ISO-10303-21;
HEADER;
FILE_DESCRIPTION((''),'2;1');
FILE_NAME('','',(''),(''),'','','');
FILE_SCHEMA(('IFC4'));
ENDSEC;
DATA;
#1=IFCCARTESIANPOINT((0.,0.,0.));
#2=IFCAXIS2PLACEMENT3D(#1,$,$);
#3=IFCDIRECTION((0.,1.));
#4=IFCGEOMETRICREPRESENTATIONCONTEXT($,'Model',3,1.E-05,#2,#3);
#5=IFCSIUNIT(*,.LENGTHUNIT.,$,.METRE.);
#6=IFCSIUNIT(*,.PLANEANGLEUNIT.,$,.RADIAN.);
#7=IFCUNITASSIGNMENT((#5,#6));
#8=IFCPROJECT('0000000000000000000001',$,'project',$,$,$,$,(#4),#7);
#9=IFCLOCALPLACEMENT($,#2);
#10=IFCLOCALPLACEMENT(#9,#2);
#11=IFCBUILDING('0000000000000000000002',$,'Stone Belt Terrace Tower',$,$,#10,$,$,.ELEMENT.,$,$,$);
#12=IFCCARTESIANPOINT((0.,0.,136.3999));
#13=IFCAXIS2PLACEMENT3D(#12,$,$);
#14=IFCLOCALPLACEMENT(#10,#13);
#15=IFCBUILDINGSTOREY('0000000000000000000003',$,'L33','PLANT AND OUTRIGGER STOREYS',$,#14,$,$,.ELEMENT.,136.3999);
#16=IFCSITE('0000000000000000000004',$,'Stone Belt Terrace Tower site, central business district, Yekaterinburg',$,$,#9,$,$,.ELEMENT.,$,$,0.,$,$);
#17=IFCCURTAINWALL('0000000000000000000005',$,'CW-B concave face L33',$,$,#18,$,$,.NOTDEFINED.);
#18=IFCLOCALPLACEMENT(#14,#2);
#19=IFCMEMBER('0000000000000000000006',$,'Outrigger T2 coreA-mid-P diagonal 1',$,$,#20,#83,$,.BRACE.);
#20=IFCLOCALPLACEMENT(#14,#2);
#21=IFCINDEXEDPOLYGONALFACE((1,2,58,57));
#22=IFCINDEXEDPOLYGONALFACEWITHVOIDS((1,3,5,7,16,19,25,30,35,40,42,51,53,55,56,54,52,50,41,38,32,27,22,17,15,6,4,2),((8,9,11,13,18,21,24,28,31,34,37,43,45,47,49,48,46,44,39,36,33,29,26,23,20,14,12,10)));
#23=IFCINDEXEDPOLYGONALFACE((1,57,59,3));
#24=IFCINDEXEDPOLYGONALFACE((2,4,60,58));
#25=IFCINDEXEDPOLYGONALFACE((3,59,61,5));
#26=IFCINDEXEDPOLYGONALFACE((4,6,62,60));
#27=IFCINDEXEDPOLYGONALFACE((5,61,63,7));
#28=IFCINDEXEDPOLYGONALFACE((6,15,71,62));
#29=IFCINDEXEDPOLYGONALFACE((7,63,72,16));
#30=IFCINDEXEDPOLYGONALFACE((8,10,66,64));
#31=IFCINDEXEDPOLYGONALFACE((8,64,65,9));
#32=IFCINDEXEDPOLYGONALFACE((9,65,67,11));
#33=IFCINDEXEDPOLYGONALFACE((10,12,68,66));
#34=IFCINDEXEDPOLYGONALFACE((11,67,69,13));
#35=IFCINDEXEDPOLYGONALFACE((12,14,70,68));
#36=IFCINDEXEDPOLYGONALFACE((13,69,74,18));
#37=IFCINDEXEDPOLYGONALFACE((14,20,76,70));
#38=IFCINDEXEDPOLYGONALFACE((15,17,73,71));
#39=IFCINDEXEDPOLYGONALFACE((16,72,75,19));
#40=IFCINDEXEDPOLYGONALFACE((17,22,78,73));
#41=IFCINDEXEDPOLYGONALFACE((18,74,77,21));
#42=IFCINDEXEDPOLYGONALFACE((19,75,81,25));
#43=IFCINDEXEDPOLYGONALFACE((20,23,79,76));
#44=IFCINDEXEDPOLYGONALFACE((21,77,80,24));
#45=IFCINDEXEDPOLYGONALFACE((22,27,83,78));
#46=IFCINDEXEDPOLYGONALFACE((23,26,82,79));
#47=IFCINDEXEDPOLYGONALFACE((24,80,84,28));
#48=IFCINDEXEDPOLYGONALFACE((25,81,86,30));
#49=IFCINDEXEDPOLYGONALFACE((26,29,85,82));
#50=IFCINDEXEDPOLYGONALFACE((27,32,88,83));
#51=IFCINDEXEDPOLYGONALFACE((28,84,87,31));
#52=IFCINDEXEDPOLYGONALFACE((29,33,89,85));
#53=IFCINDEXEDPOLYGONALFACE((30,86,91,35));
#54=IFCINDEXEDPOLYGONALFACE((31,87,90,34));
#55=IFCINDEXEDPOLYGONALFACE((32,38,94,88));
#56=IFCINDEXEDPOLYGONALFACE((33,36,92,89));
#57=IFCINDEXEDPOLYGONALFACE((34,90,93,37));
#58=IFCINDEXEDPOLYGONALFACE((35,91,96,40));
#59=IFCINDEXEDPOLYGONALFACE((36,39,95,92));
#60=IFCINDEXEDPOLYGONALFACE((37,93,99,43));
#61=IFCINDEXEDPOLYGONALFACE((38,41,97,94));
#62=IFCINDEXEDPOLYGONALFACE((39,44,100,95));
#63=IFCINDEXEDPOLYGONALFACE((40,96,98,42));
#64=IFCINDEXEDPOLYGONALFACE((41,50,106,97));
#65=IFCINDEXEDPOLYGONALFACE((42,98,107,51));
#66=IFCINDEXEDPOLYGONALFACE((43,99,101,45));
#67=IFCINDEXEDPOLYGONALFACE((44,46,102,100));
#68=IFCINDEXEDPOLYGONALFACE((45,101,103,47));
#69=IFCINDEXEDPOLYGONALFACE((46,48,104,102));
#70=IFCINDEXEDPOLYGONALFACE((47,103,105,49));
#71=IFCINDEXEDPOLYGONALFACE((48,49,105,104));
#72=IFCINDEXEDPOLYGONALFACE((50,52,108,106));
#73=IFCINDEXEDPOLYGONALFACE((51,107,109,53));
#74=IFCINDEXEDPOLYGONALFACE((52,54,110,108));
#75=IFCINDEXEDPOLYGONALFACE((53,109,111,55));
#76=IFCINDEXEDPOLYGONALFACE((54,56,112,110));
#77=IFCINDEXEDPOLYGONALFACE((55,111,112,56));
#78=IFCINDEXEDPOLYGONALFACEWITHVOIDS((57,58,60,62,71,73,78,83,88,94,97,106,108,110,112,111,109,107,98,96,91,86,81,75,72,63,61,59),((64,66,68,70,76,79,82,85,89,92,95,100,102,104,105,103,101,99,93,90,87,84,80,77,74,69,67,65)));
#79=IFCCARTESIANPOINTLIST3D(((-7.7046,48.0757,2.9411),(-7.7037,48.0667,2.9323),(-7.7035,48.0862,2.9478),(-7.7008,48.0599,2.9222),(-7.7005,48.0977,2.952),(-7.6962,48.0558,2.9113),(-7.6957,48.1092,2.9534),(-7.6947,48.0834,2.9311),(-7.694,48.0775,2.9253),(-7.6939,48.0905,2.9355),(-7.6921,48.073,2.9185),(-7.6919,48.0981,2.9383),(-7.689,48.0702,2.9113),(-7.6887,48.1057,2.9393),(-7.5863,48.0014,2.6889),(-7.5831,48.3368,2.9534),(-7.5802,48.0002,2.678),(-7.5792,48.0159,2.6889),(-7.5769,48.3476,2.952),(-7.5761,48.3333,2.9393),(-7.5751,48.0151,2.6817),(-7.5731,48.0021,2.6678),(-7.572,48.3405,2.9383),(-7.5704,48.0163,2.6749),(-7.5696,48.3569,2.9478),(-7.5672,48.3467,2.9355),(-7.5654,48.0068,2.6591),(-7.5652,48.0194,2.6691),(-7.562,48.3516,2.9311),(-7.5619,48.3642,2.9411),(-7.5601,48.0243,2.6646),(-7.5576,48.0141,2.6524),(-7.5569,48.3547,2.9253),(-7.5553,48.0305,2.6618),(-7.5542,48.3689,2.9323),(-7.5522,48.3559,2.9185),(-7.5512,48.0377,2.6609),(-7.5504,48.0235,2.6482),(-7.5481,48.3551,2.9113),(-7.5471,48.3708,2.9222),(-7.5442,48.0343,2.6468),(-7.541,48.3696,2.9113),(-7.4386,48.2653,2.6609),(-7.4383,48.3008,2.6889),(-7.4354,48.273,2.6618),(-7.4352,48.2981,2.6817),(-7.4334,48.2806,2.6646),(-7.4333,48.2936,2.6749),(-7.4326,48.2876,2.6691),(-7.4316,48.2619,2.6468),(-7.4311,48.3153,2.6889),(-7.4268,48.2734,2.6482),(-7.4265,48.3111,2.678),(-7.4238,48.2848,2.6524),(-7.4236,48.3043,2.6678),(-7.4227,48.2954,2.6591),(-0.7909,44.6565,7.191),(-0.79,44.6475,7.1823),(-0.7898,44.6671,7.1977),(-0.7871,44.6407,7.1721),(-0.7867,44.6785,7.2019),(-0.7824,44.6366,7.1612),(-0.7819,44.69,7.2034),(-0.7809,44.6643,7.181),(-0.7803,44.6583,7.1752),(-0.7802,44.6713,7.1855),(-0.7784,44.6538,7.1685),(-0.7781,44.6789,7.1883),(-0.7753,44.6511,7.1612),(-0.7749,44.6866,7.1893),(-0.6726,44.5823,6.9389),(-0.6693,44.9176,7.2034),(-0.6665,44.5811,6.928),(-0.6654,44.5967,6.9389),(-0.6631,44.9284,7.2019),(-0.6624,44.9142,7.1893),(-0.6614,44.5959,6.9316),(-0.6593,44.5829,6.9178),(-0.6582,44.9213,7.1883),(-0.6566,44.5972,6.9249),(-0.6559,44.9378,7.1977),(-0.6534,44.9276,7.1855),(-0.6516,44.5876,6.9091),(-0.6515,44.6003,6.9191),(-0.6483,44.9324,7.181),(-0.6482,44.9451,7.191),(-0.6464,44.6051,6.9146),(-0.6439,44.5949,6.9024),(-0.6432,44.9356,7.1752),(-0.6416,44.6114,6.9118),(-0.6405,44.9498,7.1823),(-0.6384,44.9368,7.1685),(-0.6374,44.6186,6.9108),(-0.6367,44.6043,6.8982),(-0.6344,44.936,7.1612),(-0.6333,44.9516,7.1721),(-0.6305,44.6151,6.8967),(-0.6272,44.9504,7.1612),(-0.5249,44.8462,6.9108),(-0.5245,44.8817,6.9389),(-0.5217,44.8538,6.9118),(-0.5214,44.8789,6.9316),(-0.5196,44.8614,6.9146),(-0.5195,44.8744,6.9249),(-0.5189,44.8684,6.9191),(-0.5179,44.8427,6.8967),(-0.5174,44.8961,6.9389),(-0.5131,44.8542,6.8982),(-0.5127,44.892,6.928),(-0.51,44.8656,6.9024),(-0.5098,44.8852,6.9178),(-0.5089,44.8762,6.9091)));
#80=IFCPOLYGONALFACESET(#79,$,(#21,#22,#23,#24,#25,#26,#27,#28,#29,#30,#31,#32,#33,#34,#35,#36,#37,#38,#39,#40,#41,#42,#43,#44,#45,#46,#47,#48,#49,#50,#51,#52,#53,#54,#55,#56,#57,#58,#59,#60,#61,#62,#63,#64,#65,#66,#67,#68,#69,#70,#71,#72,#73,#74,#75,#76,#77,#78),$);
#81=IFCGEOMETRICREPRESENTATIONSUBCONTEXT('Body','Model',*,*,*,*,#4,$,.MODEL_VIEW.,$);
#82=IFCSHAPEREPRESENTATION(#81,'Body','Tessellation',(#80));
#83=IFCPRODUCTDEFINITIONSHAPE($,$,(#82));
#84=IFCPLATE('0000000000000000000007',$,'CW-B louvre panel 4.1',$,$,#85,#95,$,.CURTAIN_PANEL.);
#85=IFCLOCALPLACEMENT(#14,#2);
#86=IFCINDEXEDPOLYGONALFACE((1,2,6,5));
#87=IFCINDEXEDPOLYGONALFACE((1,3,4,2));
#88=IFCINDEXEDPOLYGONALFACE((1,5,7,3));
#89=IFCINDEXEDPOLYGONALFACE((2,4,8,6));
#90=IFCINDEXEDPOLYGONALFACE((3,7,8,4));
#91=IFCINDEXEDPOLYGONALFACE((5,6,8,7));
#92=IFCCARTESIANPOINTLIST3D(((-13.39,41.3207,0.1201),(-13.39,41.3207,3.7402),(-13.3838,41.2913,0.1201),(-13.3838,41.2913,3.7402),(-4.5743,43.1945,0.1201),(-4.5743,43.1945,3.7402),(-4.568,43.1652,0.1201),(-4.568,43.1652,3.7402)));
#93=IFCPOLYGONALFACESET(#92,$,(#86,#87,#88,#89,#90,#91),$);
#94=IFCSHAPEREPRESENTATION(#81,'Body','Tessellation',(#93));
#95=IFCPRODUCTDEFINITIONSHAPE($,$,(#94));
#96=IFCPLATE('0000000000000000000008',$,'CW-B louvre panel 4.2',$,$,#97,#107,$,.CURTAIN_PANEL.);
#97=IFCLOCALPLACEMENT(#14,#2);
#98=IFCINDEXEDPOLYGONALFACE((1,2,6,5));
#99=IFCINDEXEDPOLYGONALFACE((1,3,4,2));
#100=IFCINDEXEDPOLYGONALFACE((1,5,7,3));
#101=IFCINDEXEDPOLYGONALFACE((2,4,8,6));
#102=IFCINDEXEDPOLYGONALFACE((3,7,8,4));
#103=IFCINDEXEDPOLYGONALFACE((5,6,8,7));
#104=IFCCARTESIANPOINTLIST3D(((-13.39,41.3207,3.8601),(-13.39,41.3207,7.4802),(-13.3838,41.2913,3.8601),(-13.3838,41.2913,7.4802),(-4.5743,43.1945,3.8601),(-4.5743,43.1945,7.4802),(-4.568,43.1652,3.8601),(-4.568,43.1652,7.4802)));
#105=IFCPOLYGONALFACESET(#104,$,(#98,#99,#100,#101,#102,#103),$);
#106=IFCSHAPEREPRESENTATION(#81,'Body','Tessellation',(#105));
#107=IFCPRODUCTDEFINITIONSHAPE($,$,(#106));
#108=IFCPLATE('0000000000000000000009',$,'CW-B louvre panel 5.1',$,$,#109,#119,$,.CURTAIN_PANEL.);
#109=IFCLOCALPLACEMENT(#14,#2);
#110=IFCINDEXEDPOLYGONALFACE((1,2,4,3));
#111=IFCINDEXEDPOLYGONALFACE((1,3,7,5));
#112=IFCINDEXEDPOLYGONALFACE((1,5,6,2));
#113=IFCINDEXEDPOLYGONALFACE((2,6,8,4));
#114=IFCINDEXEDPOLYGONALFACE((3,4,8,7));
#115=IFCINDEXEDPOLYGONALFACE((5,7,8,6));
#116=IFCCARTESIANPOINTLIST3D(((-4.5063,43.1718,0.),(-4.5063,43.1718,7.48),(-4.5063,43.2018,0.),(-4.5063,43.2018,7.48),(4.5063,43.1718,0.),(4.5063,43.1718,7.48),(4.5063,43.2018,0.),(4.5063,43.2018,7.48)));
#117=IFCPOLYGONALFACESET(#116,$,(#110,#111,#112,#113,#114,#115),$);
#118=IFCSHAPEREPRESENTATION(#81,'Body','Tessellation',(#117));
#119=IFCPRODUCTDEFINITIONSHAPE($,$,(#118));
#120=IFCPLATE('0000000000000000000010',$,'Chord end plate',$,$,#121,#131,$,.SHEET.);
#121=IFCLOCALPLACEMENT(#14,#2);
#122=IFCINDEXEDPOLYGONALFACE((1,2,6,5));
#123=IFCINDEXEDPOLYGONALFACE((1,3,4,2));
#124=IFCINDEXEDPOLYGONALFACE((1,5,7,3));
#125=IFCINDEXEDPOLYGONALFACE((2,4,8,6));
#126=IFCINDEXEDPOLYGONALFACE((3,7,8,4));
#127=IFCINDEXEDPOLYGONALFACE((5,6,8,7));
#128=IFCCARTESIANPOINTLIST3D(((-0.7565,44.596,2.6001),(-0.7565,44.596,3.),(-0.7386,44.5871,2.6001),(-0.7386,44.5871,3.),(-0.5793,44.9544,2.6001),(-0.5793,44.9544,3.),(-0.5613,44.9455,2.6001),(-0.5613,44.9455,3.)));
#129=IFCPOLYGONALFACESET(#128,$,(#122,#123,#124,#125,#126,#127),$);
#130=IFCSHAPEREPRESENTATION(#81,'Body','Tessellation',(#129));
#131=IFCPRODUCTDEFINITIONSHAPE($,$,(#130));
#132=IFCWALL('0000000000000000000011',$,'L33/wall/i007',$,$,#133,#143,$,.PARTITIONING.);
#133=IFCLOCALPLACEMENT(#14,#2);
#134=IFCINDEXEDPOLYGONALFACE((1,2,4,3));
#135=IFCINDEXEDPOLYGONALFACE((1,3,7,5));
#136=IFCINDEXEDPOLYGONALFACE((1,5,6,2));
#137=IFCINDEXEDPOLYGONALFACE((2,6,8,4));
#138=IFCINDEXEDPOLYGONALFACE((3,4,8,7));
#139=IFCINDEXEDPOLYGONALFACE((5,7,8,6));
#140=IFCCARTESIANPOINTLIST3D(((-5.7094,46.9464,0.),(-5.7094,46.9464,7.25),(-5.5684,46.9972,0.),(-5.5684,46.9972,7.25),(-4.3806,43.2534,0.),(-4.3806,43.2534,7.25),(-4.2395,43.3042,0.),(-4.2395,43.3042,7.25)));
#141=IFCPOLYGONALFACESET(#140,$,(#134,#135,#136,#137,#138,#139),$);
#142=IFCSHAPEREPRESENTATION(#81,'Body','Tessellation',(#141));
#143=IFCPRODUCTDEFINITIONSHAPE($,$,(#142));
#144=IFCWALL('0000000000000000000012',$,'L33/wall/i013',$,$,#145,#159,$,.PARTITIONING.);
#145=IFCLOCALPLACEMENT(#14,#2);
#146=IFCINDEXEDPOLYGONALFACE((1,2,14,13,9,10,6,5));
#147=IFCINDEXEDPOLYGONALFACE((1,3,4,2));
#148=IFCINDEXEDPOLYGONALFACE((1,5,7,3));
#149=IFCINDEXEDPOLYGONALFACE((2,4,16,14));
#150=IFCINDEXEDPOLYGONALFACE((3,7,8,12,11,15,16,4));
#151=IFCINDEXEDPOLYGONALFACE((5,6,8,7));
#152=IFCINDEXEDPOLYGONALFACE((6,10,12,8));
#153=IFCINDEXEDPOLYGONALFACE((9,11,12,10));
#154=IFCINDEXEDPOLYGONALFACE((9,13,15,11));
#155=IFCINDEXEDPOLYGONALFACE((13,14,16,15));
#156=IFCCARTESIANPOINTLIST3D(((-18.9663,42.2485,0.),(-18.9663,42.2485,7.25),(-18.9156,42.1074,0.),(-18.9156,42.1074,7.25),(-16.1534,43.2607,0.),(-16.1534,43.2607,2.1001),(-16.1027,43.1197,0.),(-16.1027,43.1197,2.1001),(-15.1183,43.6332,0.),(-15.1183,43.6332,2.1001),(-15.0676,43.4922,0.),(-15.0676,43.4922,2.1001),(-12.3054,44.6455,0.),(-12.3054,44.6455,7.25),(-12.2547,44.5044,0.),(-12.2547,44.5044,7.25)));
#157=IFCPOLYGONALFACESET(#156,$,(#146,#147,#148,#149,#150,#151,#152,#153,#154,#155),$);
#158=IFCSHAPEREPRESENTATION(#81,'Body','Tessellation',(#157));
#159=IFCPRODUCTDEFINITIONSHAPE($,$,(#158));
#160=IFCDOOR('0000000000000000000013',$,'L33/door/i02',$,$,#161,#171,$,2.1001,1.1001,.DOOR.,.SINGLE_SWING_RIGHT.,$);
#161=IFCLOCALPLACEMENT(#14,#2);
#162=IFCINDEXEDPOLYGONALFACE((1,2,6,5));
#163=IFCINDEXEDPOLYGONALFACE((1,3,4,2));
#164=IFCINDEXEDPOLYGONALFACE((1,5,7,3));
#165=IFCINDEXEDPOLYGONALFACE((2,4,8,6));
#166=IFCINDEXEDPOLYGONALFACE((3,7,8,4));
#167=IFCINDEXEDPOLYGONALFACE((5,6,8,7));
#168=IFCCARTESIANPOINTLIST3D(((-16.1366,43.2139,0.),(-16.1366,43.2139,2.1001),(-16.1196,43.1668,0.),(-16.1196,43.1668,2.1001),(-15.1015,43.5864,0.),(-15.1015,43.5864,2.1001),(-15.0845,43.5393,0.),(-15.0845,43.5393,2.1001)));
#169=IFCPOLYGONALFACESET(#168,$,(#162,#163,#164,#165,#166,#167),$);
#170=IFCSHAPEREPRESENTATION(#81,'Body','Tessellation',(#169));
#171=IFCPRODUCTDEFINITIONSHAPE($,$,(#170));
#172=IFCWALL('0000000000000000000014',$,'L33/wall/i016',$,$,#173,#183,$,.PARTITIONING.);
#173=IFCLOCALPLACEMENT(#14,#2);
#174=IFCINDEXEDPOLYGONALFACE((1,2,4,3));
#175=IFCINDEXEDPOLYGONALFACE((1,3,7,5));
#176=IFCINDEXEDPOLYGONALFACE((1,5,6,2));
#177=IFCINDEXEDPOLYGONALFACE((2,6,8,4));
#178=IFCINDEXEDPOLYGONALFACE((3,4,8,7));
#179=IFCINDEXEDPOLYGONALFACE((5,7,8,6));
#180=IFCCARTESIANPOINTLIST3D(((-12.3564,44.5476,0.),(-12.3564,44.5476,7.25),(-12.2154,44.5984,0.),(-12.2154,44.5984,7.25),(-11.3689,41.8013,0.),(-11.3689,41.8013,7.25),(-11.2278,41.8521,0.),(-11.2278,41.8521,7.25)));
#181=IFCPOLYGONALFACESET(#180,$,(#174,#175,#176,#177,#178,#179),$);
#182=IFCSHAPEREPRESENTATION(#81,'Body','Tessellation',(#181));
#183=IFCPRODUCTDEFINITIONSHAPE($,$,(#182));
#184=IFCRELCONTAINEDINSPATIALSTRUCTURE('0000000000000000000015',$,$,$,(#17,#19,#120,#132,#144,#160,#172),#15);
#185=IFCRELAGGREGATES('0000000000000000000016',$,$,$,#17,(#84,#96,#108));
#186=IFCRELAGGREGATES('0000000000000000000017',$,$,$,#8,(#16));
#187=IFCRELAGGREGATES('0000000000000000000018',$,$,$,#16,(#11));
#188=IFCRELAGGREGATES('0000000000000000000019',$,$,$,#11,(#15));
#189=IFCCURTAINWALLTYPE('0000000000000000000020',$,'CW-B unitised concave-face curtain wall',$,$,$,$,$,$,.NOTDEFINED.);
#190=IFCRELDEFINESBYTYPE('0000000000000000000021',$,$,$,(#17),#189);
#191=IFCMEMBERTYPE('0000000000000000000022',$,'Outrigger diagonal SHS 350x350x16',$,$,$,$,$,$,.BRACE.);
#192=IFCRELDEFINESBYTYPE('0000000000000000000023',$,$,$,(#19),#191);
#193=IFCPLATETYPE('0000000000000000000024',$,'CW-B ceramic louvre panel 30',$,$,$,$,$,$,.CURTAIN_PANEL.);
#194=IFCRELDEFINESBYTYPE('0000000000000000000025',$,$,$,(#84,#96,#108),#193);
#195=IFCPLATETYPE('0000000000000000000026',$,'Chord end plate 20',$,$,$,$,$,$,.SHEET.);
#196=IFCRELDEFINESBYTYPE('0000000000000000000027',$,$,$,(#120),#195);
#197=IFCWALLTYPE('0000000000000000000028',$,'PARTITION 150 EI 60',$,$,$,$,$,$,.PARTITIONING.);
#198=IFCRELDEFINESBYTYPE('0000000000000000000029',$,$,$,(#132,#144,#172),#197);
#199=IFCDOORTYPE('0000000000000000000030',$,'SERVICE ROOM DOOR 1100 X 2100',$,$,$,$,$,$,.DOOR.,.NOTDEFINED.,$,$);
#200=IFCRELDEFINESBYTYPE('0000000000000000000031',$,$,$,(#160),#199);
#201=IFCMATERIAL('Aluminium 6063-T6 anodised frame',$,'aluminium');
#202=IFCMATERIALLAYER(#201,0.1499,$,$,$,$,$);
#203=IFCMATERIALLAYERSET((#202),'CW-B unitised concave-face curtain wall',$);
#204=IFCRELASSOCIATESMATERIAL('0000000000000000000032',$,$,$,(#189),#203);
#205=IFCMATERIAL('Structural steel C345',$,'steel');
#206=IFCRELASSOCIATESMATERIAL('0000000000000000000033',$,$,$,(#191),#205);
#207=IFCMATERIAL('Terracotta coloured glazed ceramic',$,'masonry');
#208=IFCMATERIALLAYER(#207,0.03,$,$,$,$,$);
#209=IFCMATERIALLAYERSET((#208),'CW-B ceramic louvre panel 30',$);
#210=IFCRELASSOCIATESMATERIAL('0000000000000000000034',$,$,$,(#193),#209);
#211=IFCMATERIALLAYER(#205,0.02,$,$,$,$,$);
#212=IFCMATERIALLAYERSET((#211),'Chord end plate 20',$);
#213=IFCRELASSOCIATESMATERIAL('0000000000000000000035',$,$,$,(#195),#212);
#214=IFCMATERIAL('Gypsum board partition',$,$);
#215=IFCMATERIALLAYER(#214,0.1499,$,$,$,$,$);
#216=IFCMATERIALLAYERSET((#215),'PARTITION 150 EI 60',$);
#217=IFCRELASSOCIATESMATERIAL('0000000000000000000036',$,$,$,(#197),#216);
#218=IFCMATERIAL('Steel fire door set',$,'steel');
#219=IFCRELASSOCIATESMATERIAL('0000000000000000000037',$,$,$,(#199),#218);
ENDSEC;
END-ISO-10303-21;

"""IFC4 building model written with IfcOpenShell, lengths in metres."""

from ifc_helpers import new_model, si_unit, direction, frame, frame_2d, origin, origin_2d, place, context, subcontext, project, spatial, rectangle, hollow_rectangle, extrude, material, layer, layer_set, material_profile, profile_set, type_object, element, fill, aggregate, save


model = new_model("IFC4")

# Units and contexts
model_context = context("Model", 3, precision=1e-05, world=origin(), true_north=direction((0.0, 1.0)))
body_context = subcontext(model_context, "Body", "Model", "MODEL_VIEW")
ifc_project = project(units=[si_unit("LENGTHUNIT", "METRE"), si_unit("PLANEANGLEUNIT", "RADIAN")], contexts=[model_context])

# Site, building, storey
site_placement = place(None, origin())
site = spatial("IfcSite", under=ifc_project, at=site_placement, Name="Stone Belt Terrace Tower site, central business district, Yekaterinburg", CompositionType="ELEMENT", RefElevation=0.0)
building_placement = place(site_placement, origin())
building = spatial("IfcBuilding", under=site, at=building_placement, Name="Stone Belt Terrace Tower", CompositionType="ELEMENT")
storey_placement = place(building_placement, frame((0.0, 0.0, 136.3999)))
storey = spatial("IfcBuildingStorey", under=building, at=storey_placement, Name="L33", Description="PLANT AND OUTRIGGER STOREYS", CompositionType="ELEMENT", Elevation=136.3999)

# Shared definitions
ifc_material_1 = material(Name="Structural steel C345", Category="steel")

# Curtain wall
ifc_material_2 = material(Name="Aluminium 6063-T6 anodised frame", Category="aluminium")
ifc_layer_1 = layer(ifc_material_2, 0.1499)
ifc_layer_set_1 = layer_set([ifc_layer_1], Name="CW-B unitised concave-face curtain wall")
curtain_wall_type = type_object("IfcCurtainWallType", Name="CW-B unitised concave-face curtain wall", PredefinedType="NOTDEFINED", material=ifc_layer_set_1)
curtain_wall_placement = place(storey_placement, origin())
curtain_wall = element("IfcCurtainWall", 1, at=curtain_wall_placement, inside=storey, type_object=curtain_wall_type, Name="CW-B concave face L33", PredefinedType="NOTDEFINED")

# Member
ifc_material_profile_1 = material_profile(ifc_material_1, hollow_rectangle(XDim=0.3501, YDim=0.3501, WallThickness=0.0161, InnerFilletRadius=0.032, OuterFilletRadius=0.0481, at=origin_2d()), Name="SHS 350x350x16")
ifc_profile_set_1 = profile_set([ifc_material_profile_1], Name="Structural steel C345")
member_type_1 = type_object("IfcMemberType", Name="Outrigger diagonal SHS 350x350x16", PredefinedType="BRACE", material=ifc_profile_set_1)
member_1_placement = place(storey_placement, frame((-0.6499, 44.7664, 7.05), z_axis=(-0.785082, 0.388258, -0.482599), x_axis=(-0.443297, -0.896375, 0.0)))
element("IfcMember", 2, at=member_1_placement, inside=storey, type_object=member_type_1, Name="Outrigger T2 coreA-mid-P diagonal 1", PredefinedType="BRACE", context=body_context, shape_type="SweptSolid", body=[
    extrude(hollow_rectangle(XDim=0.3501, YDim=0.3501, WallThickness=0.0161, InnerFilletRadius=0.032, OuterFilletRadius=0.0481, at=origin_2d()), origin(), (0.0, 0.0, 1.0), 8.8064),
])

# Plates
ifc_material_3 = material(Name="Terracotta coloured glazed ceramic", Category="masonry")
ifc_layer_2 = layer(ifc_material_3, 0.03)
ifc_layer_set_2 = layer_set([ifc_layer_2], Name="CW-B ceramic louvre panel 30")
plate_type_1 = type_object("IfcPlateType", Name="CW-B ceramic louvre panel 30", PredefinedType="CURTAIN_PANEL", material=ifc_layer_set_2)
plate_1_placement = place(storey_placement, frame((-8.979, 42.2429, 0.1201), z_axis=(0.0, 0.0, 1.0), x_axis=(0.978148, 0.207912, 0.0)))
plate_1 = element("IfcPlate", 3, at=plate_1_placement, type_object=plate_type_1, Name="CW-B louvre panel 4.1", PredefinedType="CURTAIN_PANEL", context=body_context, shape_type="SweptSolid", body=[
    extrude(rectangle(XDim=9.0127, YDim=0.03, at=origin_2d()), origin(), (0.0, 0.0, 1.0), 3.6201),
])
plate_2_placement = place(storey_placement, frame((-8.979, 42.2429, 3.8601), z_axis=(0.0, 0.0, 1.0), x_axis=(0.978148, 0.207912, 0.0)))
plate_2 = element("IfcPlate", 4, at=plate_2_placement, type_object=plate_type_1, Name="CW-B louvre panel 4.2", PredefinedType="CURTAIN_PANEL", context=body_context, shape_type="SweptSolid", body=[
    extrude(rectangle(XDim=9.0127, YDim=0.03, at=origin_2d()), origin(), (0.0, 0.0, 1.0), 3.6201),
])
plate_3_placement = place(storey_placement, frame((0.0, 43.1868, 0.0), z_axis=(0.0, 0.0, 1.0), x_axis=(1.0, 0.0, 0.0)))
plate_3 = element("IfcPlate", 5, at=plate_3_placement, type_object=plate_type_1, Name="CW-B louvre panel 5.1", PredefinedType="CURTAIN_PANEL", context=body_context, shape_type="SweptSolid", body=[
    extrude(rectangle(XDim=9.0127, YDim=0.03, at=origin_2d()), origin(), (0.0, 0.0, 1.0), 7.48),
])
aggregate(curtain_wall, [plate_1, plate_2, plate_3])
ifc_layer_3 = layer(ifc_material_1, 0.02)
ifc_layer_set_3 = layer_set([ifc_layer_3], Name="Chord end plate 20")
plate_type_2 = type_object("IfcPlateType", Name="Chord end plate 20", PredefinedType="SHEET", material=ifc_layer_set_3)
plate_4_placement = place(storey_placement, frame((-0.6589, 44.7708, 2.6001), z_axis=(0.0, 0.0, 1.0), x_axis=(0.896377, -0.443292, 0.0)))
element("IfcPlate", 6, at=plate_4_placement, inside=storey, type_object=plate_type_2, Name="Chord end plate", PredefinedType="SHEET", context=body_context, shape_type="SweptSolid", body=[
    extrude(rectangle(XDim=0.02, YDim=0.3999, at=origin_2d()), origin(), (0.0, 0.0, 1.0), 0.3999),
])

# Wall
ifc_material_4 = material(Name="Gypsum board partition")
ifc_layer_4 = layer(ifc_material_4, 0.1499)
ifc_layer_set_4 = layer_set([ifc_layer_4], Name="PARTITION 150 EI 60")
wall_type = type_object("IfcWallType", Name="PARTITION 150 EI 60", PredefinedType="PARTITIONING", material=ifc_layer_set_4)
wall_1_placement = place(storey_placement, frame((-4.3101, 43.2788, 0.0), z_axis=(0.0, 0.0, 1.0), x_axis=(-0.33857, 0.940941, 0.0)))
element("IfcWall", 7, at=wall_1_placement, inside=storey, type_object=wall_type, Name="L33/wall/i007", PredefinedType="PARTITIONING", context=body_context, shape_type="SweptSolid", body=[
    extrude(rectangle(XDim=3.9248, YDim=0.1499, at=frame_2d((1.9624, 0.0))), origin(), (0.0, 0.0, 1.0), 7.25),
])

# Wall, opening, door
wall_2_placement = place(storey_placement, frame((-12.28, 44.575, 0.0), z_axis=(0.0, 0.0, 1.0), x_axis=(-0.94093, -0.338601, 0.0)))
wall_2 = element("IfcWall", 8, at=wall_2_placement, inside=storey, type_object=wall_type, Name="L33/wall/i013", PredefinedType="PARTITIONING", context=body_context, shape_type="SweptSolid", body=[
    extrude(rectangle(XDim=7.0791, YDim=0.1499, at=frame_2d((3.5396, 0.0))), origin(), (0.0, 0.0, 1.0), 7.25),
])
opening_placement = place(wall_2_placement, frame((2.9895, 0.0, 0.0)))
opening = element("IfcOpeningElement", 9, at=opening_placement, cuts=wall_2, PredefinedType="OPENING", context=body_context, shape_type="SweptSolid", body=[
    extrude(rectangle(XDim=1.1001, YDim=2.1001, at=frame_2d((0.55, 1.05))), frame((0.0, 0.085, 0.0), z_axis=(0.0, -1.0, 0.0), x_axis=(1.0, 0.0, 0.0)), (0.0, 0.0, 1.0), 0.1699),
])
ifc_material_5 = material(Name="Steel fire door set", Category="steel")
door_type = type_object("IfcDoorType", Name="SERVICE ROOM DOOR 1100 X 2100", OperationType="NOTDEFINED", PredefinedType="DOOR", material=ifc_material_5)
door_placement = place(opening_placement, origin())
door = element("IfcDoor", 10, at=door_placement, inside=storey, type_object=door_type, Name="L33/door/i02", OperationType="SINGLE_SWING_RIGHT", OverallHeight=2.1001, OverallWidth=1.1001, PredefinedType="DOOR", context=body_context, shape_type="SweptSolid", body=[
    extrude(rectangle(XDim=1.1001, YDim=2.1001, at=frame_2d((0.55, 1.05))), frame((0.0, 0.0249, 0.0), z_axis=(0.0, -1.0, 0.0), x_axis=(1.0, 0.0, 0.0)), (0.0, 0.0, 1.0), 0.05),
])
fill(opening, door)

# Wall
wall_3_placement = place(storey_placement, frame((-12.2859, 44.573, 0.0), z_axis=(0.0, 0.0, 1.0), x_axis=(0.338376, -0.941011, 0.0)))
element("IfcWall", 11, at=wall_3_placement, inside=storey, type_object=wall_type, Name="L33/wall/i016", PredefinedType="PARTITIONING", context=body_context, shape_type="SweptSolid", body=[
    extrude(rectangle(XDim=2.9185, YDim=0.1499, at=frame_2d((1.4592, 0.0))), origin(), (0.0, 0.0, 1.0), 7.25),
])

save(model, "model.ifc")
